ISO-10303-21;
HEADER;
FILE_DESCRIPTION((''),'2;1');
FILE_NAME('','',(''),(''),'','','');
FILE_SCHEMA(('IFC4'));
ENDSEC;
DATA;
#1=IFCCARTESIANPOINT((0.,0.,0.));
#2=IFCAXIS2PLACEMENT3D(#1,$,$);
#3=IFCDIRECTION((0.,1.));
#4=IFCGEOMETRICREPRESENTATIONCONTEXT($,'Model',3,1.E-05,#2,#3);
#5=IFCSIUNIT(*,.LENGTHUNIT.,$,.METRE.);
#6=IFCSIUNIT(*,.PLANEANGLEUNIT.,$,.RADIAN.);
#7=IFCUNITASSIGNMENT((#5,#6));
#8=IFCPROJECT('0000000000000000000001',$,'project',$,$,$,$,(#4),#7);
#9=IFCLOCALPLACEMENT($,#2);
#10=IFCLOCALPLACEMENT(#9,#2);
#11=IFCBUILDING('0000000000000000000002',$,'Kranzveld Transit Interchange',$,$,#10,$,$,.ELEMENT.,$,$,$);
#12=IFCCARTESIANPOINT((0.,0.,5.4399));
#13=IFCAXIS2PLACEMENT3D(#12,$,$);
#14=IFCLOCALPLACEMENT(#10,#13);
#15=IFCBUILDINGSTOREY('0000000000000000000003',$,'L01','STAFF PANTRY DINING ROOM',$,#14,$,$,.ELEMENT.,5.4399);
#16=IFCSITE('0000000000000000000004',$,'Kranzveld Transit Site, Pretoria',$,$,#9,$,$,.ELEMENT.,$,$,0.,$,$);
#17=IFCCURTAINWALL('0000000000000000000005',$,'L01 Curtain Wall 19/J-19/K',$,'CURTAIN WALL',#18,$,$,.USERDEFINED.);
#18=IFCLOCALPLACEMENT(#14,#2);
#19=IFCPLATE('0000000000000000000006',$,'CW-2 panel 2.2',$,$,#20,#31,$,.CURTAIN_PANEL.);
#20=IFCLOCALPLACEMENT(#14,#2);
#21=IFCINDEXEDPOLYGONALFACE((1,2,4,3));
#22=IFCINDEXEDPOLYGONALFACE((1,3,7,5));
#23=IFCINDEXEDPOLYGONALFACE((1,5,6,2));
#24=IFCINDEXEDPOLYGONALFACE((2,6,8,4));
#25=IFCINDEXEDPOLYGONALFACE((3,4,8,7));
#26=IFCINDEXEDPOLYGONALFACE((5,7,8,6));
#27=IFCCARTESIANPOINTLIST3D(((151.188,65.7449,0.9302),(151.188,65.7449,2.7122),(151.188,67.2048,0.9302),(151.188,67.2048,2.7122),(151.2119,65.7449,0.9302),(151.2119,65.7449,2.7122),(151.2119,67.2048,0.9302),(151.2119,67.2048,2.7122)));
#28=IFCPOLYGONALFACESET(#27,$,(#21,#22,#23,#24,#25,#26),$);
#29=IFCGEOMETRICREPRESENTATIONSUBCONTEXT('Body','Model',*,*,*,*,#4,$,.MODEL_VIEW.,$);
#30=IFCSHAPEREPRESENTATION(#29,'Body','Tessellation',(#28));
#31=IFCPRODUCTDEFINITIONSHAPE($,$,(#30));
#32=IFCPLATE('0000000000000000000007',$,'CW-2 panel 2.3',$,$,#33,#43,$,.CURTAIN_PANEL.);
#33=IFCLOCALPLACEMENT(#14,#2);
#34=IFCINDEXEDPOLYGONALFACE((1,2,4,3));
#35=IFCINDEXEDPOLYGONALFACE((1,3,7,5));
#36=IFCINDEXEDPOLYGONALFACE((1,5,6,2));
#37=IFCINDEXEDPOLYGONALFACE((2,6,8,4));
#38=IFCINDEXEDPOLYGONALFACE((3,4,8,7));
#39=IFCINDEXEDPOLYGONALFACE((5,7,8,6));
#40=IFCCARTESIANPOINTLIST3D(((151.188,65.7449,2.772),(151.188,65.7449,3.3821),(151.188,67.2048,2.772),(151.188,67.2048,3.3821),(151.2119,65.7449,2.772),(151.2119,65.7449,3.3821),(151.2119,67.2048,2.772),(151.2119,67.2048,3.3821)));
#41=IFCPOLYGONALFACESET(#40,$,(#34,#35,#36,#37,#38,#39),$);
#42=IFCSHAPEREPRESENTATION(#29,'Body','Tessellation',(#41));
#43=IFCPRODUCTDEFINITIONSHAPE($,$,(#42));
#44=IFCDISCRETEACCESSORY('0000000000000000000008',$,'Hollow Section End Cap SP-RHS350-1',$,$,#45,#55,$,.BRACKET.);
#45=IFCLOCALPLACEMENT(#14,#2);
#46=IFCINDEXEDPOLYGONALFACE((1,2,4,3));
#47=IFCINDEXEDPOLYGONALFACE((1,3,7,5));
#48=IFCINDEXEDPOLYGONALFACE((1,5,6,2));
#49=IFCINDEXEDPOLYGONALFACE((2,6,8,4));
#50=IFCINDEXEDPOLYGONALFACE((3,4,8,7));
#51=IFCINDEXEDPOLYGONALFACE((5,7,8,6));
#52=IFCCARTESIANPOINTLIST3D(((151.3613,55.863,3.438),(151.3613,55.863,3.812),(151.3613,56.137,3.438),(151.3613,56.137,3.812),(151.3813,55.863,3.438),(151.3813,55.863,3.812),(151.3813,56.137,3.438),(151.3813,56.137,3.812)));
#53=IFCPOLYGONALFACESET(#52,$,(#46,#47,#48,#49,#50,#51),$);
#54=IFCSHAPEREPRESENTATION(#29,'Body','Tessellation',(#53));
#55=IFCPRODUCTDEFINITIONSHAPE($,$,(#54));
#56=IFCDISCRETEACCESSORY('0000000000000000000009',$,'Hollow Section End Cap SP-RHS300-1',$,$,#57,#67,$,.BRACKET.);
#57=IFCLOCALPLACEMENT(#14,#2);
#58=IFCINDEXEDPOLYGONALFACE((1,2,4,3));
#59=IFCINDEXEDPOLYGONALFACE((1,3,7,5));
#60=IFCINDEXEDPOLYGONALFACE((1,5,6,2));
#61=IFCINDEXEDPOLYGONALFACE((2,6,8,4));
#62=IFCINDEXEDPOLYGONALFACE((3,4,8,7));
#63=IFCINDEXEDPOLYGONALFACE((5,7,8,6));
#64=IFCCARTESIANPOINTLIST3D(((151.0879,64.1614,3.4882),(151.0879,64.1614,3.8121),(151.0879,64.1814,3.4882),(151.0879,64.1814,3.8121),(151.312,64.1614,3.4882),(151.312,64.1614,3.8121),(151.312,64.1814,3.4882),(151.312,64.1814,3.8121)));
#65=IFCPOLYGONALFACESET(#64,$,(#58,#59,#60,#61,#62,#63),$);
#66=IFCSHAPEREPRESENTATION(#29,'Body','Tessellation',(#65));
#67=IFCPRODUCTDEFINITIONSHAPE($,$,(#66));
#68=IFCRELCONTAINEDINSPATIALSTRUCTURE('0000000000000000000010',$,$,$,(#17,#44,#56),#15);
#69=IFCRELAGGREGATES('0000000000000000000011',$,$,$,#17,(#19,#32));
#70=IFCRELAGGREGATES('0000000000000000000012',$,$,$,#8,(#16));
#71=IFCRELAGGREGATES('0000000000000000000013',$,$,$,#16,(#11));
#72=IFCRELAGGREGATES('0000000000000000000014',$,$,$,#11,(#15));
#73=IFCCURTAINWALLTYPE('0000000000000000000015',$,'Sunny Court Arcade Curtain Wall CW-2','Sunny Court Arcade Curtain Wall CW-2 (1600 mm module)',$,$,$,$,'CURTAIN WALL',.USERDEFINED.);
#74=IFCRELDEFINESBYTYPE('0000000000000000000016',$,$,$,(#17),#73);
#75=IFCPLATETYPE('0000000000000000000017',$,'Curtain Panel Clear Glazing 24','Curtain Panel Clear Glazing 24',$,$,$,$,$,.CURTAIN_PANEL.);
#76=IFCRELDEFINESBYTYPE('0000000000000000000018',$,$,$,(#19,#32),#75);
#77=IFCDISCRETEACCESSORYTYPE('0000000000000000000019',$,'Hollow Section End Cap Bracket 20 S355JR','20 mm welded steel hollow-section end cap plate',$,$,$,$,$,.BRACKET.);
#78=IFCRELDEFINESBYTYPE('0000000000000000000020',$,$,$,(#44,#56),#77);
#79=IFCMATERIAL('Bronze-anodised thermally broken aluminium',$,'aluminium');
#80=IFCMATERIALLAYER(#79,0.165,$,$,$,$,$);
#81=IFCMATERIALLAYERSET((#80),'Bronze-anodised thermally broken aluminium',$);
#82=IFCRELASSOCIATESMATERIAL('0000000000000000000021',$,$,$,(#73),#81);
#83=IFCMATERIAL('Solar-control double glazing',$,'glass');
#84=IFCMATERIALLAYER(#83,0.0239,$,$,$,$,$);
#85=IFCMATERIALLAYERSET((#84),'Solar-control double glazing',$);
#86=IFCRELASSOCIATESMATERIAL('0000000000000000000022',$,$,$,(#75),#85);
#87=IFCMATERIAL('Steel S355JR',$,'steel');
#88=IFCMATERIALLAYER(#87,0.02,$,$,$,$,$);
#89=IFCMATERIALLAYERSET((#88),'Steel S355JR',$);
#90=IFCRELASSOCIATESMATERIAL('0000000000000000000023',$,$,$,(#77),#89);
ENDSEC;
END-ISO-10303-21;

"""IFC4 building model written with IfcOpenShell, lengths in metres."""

from ifc_helpers import new_model, si_unit, direction, frame, origin, origin_2d, place, context, subcontext, project, spatial, rectangle, extrude, material, layer, layer_set, type_object, element, aggregate, save


model = new_model("IFC4")

# Units and contexts
model_context = context("Model", 3, precision=1e-05, world=origin(), true_north=direction((0.0, 1.0)))
body_context = subcontext(model_context, "Body", "Model", "MODEL_VIEW")
ifc_project = project(units=[si_unit("LENGTHUNIT", "METRE"), si_unit("PLANEANGLEUNIT", "RADIAN")], contexts=[model_context])

# Site, building, storey
site_placement = place(None, origin())
site = spatial("IfcSite", under=ifc_project, at=site_placement, Name="Kranzveld Transit Site, Pretoria", CompositionType="ELEMENT", RefElevation=0.0)
building_placement = place(site_placement, origin())
building = spatial("IfcBuilding", under=site, at=building_placement, Name="Kranzveld Transit Interchange", CompositionType="ELEMENT")
storey_placement = place(building_placement, frame((0.0, 0.0, 5.4399)))
storey = spatial("IfcBuildingStorey", under=building, at=storey_placement, Name="L01", Description="STAFF PANTRY DINING ROOM", CompositionType="ELEMENT", Elevation=5.4399)

# Curtain wall
ifc_material_1 = material(Name="Bronze-anodised thermally broken aluminium", Category="aluminium")
ifc_layer_1 = layer(ifc_material_1, 0.165)
ifc_layer_set_1 = layer_set([ifc_layer_1], Name="Bronze-anodised thermally broken aluminium")
curtain_wall_type = type_object("IfcCurtainWallType", Name="Sunny Court Arcade Curtain Wall CW-2", Description="Sunny Court Arcade Curtain Wall CW-2 (1600 mm module)", ElementType="CURTAIN WALL", PredefinedType="USERDEFINED", material=ifc_layer_set_1)
curtain_wall_placement = place(storey_placement, origin())
curtain_wall = element("IfcCurtainWall", 1, at=curtain_wall_placement, inside=storey, type_object=curtain_wall_type, Name="L01 Curtain Wall 19/J-19/K", ObjectType="CURTAIN WALL", PredefinedType="USERDEFINED")

# Plates
ifc_material_2 = material(Name="Solar-control double glazing", Category="glass")
ifc_layer_2 = layer(ifc_material_2, 0.0239)
ifc_layer_set_2 = layer_set([ifc_layer_2], Name="Solar-control double glazing")
plate_type = type_object("IfcPlateType", Name="Curtain Panel Clear Glazing 24", Description="Curtain Panel Clear Glazing 24", PredefinedType="CURTAIN_PANEL", material=ifc_layer_set_2)
plate_1_placement = place(storey_placement, frame((151.2, 66.4749, 0.9302), z_axis=(0.0, 0.0, 1.0), x_axis=(0.0, 1.0, 0.0)))
plate_1 = element("IfcPlate", 2, at=plate_1_placement, type_object=plate_type, Name="CW-2 panel 2.2", PredefinedType="CURTAIN_PANEL", context=body_context, shape_type="SweptSolid", body=[
    extrude(rectangle(XDim=1.46, YDim=0.0239, at=origin_2d()), origin(), (0.0, 0.0, 1.0), 1.782),
])
plate_2_placement = place(storey_placement, frame((151.2, 66.4749, 2.772), z_axis=(0.0, 0.0, 1.0), x_axis=(0.0, 1.0, 0.0)))
plate_2 = element("IfcPlate", 3, at=plate_2_placement, type_object=plate_type, Name="CW-2 panel 2.3", PredefinedType="CURTAIN_PANEL", context=body_context, shape_type="SweptSolid", body=[
    extrude(rectangle(XDim=1.46, YDim=0.0239, at=origin_2d()), origin(), (0.0, 0.0, 1.0), 0.6101),
])
aggregate(curtain_wall, [plate_1, plate_2])

# Discrete accessories
ifc_material_3 = material(Name="Steel S355JR", Category="steel")
ifc_layer_3 = layer(ifc_material_3, 0.02)
ifc_layer_set_3 = layer_set([ifc_layer_3], Name="Steel S355JR")
discrete_accessory_type = type_object("IfcDiscreteAccessoryType", Name="Hollow Section End Cap Bracket 20 S355JR", Description="20 mm welded steel hollow-section end cap plate", PredefinedType="BRACKET", material=ifc_layer_set_3)
discrete_accessory_1_placement = place(storey_placement, frame((151.3813, 56.0, 3.625), z_axis=(-1.0, 0.0, 0.0), x_axis=(0.0, -1.0, 0.0)))
element("IfcDiscreteAccessory", 4, at=discrete_accessory_1_placement, inside=storey, type_object=discrete_accessory_type, Name="Hollow Section End Cap SP-RHS350-1", PredefinedType="BRACKET", context=body_context, shape_type="SweptSolid", body=[
    extrude(rectangle(XDim=0.2739, YDim=0.374, at=origin_2d()), origin(), (0.0, 0.0, 1.0), 0.02),
])
discrete_accessory_2_placement = place(storey_placement, frame((151.2, 64.1814, 3.6501), z_axis=(0.0, -1.0, 0.0), x_axis=(1.0, 0.0, 0.0)))
element("IfcDiscreteAccessory", 5, at=discrete_accessory_2_placement, inside=storey, type_object=discrete_accessory_type, Name="Hollow Section End Cap SP-RHS300-1", PredefinedType="BRACKET", context=body_context, shape_type="SweptSolid", body=[
    extrude(rectangle(XDim=0.2241, YDim=0.324, at=origin_2d()), origin(), (0.0, 0.0, 1.0), 0.02),
])

save(model, "model.ifc")
